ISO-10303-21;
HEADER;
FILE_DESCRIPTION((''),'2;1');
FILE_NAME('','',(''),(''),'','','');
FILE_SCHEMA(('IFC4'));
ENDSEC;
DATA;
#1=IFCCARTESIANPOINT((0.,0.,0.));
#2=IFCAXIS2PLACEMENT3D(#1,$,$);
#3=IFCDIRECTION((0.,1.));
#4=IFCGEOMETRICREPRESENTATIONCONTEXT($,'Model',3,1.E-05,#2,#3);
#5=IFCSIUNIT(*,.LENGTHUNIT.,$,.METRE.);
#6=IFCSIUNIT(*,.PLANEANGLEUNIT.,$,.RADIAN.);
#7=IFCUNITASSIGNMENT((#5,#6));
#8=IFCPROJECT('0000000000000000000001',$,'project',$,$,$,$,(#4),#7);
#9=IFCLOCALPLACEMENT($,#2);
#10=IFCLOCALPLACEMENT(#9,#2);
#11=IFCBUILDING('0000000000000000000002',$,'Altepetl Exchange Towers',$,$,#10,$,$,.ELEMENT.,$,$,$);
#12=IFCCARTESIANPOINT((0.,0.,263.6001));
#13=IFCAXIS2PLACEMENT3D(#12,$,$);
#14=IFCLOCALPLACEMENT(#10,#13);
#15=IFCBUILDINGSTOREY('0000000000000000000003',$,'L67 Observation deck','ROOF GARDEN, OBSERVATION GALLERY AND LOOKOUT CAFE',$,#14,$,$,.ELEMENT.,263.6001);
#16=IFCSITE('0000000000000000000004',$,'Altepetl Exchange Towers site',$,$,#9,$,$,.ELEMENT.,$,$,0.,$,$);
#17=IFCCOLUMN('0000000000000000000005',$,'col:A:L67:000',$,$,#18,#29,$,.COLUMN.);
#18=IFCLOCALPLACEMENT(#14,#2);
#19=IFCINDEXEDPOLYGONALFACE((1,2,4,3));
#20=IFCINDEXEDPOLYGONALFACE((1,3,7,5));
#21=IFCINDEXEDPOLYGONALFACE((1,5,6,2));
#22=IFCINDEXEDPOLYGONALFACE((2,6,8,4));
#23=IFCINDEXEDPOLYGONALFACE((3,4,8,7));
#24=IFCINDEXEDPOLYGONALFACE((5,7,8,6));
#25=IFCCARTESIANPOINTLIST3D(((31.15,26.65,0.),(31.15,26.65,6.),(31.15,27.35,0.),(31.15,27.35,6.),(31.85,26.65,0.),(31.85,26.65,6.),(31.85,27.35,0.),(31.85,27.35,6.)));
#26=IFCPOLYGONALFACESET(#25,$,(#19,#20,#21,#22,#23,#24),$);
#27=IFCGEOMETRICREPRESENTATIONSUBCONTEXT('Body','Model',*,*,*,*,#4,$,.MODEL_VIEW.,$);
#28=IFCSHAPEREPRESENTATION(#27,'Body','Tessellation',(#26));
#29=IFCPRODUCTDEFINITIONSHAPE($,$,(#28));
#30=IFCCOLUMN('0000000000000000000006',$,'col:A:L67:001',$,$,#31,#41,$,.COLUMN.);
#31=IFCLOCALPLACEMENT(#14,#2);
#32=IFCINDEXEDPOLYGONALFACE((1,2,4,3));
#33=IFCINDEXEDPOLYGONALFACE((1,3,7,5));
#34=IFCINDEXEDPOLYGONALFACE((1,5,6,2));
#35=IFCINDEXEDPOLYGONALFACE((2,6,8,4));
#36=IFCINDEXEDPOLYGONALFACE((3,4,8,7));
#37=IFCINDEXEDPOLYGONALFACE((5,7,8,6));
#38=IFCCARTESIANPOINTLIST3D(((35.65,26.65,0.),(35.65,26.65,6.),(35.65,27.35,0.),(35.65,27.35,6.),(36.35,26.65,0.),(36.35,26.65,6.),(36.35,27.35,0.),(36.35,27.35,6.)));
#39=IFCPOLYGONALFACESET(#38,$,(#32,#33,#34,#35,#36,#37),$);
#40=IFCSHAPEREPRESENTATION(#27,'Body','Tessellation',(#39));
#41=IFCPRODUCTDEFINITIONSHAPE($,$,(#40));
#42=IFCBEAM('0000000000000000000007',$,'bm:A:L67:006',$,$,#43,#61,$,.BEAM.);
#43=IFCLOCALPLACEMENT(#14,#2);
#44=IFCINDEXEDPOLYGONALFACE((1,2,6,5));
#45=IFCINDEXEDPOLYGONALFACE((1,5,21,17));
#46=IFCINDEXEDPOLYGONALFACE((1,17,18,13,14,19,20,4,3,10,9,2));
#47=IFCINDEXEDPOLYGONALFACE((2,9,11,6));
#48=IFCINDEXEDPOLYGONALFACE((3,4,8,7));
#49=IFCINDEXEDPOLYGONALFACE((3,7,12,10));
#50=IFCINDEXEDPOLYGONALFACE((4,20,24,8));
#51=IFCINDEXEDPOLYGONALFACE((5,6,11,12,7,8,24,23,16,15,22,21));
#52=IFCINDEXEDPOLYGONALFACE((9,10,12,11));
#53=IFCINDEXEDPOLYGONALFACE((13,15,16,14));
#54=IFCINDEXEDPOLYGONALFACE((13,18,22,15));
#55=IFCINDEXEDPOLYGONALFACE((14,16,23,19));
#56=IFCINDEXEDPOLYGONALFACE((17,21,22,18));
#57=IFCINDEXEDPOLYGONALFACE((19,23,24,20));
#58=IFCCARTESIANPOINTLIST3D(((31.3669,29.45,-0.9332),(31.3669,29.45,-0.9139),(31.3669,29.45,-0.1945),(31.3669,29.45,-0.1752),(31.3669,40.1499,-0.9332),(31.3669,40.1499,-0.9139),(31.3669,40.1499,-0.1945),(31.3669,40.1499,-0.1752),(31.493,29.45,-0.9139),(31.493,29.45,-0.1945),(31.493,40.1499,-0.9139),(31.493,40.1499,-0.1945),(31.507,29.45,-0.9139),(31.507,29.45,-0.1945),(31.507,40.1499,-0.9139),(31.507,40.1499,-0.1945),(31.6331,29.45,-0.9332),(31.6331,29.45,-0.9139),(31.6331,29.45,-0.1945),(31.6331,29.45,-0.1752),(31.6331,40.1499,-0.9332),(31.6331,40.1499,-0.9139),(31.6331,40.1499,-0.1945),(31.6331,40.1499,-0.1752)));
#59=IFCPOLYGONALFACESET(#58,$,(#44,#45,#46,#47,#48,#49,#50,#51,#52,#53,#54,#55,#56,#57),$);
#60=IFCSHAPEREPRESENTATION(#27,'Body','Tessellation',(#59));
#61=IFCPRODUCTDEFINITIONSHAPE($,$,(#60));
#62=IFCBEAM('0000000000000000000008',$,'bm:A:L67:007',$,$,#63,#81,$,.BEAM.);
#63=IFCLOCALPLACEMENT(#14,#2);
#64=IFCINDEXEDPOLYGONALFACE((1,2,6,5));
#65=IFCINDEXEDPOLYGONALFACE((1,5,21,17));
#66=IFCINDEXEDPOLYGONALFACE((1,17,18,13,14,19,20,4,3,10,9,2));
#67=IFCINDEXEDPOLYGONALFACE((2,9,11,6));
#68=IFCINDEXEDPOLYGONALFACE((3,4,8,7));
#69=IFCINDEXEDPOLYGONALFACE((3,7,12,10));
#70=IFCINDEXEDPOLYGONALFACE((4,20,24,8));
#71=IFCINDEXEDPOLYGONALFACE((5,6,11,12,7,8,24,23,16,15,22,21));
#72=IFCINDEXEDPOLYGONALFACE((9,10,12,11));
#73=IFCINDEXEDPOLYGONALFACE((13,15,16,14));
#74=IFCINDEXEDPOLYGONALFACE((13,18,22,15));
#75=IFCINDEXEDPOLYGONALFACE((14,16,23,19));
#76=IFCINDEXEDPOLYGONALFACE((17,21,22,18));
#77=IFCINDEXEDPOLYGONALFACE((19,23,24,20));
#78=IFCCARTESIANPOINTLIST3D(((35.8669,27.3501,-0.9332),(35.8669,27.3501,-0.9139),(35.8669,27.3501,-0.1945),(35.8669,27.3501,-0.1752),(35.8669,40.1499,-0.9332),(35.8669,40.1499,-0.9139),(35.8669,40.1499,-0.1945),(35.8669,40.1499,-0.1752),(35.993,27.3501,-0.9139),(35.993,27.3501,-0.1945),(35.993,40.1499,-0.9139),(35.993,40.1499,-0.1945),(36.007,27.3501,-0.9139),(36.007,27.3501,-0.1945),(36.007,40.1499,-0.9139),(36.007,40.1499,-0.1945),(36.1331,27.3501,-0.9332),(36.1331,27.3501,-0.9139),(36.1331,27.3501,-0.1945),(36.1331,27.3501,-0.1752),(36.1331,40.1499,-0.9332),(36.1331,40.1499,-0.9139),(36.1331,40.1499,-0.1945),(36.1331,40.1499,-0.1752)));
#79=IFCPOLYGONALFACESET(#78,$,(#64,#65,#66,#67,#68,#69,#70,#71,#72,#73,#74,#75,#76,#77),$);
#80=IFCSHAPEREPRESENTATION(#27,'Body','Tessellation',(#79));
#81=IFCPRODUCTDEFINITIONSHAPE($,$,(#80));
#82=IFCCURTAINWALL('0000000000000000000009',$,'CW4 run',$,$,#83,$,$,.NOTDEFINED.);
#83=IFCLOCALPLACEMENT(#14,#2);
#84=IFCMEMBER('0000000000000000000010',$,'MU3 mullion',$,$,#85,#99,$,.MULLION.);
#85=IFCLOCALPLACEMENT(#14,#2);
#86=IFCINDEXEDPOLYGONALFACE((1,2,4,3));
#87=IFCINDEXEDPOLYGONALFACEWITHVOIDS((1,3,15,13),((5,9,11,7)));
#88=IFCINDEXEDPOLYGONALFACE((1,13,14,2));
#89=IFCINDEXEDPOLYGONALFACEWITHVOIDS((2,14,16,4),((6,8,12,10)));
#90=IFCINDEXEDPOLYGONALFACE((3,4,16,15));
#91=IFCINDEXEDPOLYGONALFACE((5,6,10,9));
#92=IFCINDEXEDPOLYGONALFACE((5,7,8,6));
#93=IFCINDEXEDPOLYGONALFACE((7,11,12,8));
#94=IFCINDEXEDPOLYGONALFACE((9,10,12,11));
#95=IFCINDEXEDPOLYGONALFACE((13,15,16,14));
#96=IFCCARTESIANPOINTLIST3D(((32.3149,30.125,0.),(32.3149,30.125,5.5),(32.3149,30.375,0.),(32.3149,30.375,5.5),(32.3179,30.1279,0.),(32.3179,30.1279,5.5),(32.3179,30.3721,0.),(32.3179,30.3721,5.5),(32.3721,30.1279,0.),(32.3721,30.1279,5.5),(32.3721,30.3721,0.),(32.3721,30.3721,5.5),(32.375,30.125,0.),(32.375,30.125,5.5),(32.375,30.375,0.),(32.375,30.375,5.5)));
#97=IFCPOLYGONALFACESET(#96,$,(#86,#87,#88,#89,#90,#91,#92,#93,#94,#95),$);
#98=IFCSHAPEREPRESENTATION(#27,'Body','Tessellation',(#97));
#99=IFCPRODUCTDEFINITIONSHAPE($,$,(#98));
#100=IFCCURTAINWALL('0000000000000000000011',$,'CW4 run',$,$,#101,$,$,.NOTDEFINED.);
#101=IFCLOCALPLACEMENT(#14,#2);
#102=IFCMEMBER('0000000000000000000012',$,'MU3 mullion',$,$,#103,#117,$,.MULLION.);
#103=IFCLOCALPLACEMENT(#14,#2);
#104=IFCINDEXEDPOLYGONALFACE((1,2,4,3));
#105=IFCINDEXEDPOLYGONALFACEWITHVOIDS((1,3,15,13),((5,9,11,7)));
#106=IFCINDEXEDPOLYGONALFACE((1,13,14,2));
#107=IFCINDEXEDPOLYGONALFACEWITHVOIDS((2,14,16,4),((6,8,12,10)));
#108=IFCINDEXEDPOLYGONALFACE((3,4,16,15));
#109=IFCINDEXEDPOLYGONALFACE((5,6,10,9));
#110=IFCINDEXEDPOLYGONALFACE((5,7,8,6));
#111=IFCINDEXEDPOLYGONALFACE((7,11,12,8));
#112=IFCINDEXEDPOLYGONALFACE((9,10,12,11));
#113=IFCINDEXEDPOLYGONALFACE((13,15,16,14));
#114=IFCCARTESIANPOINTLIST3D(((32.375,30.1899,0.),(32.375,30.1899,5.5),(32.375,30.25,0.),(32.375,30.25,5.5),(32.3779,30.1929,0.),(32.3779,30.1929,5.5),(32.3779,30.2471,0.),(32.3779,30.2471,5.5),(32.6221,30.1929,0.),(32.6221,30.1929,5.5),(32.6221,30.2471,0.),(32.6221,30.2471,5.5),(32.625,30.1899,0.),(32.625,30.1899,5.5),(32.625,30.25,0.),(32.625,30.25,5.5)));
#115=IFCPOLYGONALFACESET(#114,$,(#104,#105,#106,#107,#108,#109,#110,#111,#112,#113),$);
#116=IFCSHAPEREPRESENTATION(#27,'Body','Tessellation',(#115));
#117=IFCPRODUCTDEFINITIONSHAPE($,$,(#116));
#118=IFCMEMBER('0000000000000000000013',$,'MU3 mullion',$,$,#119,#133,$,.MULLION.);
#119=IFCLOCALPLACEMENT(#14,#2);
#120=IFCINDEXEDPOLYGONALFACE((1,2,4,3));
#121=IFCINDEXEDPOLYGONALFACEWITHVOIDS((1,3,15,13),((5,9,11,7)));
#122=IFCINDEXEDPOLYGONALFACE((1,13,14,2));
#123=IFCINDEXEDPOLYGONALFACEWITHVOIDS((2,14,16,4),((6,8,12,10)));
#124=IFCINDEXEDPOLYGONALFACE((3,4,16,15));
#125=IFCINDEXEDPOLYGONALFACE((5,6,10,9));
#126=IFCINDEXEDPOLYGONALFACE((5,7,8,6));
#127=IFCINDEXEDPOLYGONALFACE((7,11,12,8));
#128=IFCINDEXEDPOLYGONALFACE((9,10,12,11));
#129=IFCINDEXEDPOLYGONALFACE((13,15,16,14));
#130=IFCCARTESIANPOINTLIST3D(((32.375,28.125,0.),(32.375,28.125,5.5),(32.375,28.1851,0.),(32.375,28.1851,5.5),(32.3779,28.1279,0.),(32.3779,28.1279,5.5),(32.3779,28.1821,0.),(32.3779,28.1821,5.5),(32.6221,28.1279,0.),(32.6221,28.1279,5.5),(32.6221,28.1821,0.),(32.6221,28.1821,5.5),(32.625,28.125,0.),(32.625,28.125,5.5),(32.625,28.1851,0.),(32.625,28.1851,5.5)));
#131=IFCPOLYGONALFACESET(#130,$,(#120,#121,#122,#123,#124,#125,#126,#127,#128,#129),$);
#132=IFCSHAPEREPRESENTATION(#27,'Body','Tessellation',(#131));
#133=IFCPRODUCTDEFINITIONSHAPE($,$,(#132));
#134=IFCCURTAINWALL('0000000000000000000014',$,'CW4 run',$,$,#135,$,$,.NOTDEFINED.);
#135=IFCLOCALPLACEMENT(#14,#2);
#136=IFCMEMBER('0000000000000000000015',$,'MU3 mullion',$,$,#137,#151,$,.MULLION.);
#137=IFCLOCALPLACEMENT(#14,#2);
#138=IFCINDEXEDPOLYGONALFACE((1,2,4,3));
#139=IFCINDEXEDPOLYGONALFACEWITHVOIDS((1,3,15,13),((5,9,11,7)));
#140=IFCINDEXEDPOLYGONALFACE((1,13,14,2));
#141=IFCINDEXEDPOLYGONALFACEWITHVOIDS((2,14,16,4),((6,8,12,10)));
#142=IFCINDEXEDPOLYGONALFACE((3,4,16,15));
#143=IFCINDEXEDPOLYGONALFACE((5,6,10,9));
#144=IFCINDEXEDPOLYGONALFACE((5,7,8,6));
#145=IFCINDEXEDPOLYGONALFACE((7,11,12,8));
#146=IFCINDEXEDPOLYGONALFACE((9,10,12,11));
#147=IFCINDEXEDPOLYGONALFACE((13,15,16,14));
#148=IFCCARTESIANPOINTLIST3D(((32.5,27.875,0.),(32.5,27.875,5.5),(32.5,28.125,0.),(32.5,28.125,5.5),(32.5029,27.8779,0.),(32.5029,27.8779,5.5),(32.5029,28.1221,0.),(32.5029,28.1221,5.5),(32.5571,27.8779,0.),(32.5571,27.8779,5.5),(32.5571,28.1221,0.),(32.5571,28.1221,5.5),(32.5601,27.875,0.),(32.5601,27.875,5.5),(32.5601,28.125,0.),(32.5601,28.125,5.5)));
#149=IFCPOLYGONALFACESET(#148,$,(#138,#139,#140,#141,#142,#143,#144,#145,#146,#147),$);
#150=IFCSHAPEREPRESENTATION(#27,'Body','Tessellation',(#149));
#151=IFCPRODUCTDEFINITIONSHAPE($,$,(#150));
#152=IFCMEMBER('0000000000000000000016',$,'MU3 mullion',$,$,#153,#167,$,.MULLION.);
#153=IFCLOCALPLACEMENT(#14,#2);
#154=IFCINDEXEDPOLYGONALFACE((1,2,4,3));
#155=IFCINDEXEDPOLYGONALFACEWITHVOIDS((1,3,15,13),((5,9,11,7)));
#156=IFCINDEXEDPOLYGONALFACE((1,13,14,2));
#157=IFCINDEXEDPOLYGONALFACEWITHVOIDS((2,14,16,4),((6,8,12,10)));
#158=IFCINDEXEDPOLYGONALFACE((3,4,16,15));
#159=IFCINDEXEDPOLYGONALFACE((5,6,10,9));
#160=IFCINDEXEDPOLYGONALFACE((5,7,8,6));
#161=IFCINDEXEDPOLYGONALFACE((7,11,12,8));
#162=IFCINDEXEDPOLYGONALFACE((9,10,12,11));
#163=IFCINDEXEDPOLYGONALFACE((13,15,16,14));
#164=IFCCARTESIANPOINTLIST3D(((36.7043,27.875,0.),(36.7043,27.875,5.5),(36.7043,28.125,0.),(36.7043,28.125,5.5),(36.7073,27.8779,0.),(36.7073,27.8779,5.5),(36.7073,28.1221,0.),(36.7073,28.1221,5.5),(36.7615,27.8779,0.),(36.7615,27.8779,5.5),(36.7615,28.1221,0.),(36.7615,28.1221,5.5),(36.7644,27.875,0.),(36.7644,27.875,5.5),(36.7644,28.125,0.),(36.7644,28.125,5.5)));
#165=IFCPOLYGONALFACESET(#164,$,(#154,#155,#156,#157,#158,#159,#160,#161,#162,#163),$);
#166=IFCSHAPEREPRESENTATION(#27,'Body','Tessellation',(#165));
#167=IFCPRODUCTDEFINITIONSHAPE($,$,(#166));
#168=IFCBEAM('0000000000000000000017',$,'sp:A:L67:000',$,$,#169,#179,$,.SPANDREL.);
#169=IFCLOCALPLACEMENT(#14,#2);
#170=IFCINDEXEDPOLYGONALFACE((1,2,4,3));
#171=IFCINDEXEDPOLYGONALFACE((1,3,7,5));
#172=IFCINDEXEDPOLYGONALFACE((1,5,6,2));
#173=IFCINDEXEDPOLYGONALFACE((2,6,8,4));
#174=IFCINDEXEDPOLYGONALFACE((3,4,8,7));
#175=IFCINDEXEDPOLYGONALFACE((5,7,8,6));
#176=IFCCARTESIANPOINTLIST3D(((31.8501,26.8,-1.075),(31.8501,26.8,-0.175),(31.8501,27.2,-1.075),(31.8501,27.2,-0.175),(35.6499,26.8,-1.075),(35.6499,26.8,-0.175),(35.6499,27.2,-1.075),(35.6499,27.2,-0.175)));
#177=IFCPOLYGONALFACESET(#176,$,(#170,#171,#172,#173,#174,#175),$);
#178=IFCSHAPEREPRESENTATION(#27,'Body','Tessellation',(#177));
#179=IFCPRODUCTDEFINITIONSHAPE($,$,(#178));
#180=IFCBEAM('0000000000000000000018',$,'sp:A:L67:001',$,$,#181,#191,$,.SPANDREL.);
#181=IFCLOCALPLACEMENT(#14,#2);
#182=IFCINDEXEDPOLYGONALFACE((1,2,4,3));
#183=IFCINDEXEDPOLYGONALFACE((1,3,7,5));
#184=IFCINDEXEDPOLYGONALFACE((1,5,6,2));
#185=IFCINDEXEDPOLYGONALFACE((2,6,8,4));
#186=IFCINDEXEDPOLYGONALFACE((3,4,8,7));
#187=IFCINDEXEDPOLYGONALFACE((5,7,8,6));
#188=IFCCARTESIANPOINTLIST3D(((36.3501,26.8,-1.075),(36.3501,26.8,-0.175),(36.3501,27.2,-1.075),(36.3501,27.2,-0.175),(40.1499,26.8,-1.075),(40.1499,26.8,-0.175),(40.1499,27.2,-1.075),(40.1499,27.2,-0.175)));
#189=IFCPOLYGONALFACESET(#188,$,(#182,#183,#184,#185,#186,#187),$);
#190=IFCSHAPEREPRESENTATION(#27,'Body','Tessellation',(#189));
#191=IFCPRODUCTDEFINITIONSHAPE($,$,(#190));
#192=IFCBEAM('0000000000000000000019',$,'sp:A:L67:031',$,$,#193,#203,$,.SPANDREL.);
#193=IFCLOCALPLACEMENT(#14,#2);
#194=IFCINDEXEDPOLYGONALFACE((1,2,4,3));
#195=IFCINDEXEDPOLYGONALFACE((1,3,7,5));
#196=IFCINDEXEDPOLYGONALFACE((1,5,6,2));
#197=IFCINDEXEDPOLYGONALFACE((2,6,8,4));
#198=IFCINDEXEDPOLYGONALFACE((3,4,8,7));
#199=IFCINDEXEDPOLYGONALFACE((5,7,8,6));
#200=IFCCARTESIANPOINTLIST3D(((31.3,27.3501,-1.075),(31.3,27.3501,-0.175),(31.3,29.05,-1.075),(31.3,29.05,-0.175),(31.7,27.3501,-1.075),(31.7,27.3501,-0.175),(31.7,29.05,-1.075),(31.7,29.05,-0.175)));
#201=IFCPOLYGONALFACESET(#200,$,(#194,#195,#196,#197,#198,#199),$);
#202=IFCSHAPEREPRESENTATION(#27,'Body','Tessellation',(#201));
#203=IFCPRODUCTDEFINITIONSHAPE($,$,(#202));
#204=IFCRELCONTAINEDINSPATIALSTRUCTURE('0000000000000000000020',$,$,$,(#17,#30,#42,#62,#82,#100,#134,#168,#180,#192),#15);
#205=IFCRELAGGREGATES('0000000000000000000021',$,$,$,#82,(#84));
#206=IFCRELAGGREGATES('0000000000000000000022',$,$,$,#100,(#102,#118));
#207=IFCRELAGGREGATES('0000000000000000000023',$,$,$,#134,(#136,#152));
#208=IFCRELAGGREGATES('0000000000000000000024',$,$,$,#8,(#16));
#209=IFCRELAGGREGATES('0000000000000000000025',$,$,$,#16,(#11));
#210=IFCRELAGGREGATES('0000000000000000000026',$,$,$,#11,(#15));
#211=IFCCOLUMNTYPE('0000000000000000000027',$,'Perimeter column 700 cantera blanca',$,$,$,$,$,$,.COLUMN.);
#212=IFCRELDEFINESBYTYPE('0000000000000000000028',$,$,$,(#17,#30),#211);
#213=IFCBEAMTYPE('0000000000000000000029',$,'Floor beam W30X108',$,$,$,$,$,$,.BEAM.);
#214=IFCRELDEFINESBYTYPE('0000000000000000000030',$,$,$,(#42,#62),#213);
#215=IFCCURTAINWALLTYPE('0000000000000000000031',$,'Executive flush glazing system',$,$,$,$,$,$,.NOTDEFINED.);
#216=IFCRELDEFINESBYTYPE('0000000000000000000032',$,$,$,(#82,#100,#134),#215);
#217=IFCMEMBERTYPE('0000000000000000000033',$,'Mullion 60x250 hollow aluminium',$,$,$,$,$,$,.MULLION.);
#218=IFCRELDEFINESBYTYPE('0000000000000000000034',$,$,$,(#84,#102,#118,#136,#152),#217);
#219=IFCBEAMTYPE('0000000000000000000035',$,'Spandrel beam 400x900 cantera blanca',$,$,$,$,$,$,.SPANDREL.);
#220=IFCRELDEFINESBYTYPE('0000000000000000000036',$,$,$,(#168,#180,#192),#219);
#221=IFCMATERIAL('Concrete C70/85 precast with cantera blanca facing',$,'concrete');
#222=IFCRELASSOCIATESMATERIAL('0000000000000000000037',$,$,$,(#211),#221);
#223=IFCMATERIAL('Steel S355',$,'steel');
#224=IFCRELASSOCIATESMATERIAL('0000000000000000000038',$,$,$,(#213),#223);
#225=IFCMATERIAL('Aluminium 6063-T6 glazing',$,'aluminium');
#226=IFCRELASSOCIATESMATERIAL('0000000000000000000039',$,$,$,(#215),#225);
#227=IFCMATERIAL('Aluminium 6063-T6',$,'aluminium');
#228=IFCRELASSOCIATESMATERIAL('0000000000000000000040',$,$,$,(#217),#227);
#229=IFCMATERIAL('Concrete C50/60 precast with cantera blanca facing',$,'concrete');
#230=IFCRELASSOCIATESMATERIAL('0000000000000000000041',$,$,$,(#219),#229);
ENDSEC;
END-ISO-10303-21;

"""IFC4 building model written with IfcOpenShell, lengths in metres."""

from ifc_helpers import new_model, si_unit, direction, frame, origin, origin_2d, place, context, subcontext, project, spatial, rectangle, hollow_rectangle, i_section, extrude, material, material_profile, profile_set, type_object, element, aggregate, save


model = new_model("IFC4")

# Units and contexts
model_context = context("Model", 3, precision=1e-05, world=origin(), true_north=direction((0.0, 1.0)))
body_context = subcontext(model_context, "Body", "Model", "MODEL_VIEW")
ifc_project = project(units=[si_unit("LENGTHUNIT", "METRE"), si_unit("PLANEANGLEUNIT", "RADIAN")], contexts=[model_context])

# Site, building, storey
site_placement = place(None, origin())
site = spatial("IfcSite", under=ifc_project, at=site_placement, Name="Altepetl Exchange Towers site", CompositionType="ELEMENT", RefElevation=0.0)
building_placement = place(site_placement, origin())
building = spatial("IfcBuilding", under=site, at=building_placement, Name="Altepetl Exchange Towers", CompositionType="ELEMENT")
storey_placement = place(building_placement, frame((0.0, 0.0, 263.6001)))
storey = spatial("IfcBuildingStorey", under=building, at=storey_placement, Name="L67 Observation deck", Description="ROOF GARDEN, OBSERVATION GALLERY AND LOOKOUT CAFE", CompositionType="ELEMENT", Elevation=263.6001)

# Columns
ifc_material_1 = material(Name="Concrete C70/85 precast with cantera blanca facing", Category="concrete")
ifc_material_profile_1 = material_profile(ifc_material_1, rectangle(XDim=0.7, YDim=0.7, at=origin_2d()), Name="700 x 700")
ifc_profile_set_1 = profile_set([ifc_material_profile_1], Name="Concrete C70/85 precast with cantera blanca facing")
column_type = type_object("IfcColumnType", Name="Perimeter column 700 cantera blanca", PredefinedType="COLUMN", material=ifc_profile_set_1)
for number, where, name in (
    (1, (31.5, 27.0, 0.0), "col:A:L67:000"),
    (2, (36.0, 27.0, 0.0), "col:A:L67:001"),
):
    element("IfcColumn", number, at=place(storey_placement, frame(where)), inside=storey, type_object=column_type, Name=name, PredefinedType="COLUMN", context=body_context, shape_type="SweptSolid", body=[
        extrude(rectangle(XDim=0.7, YDim=0.7, at=origin_2d()), origin(), (0.0, 0.0, 1.0), 6.0),
    ])

# Beams
ifc_material_2 = material(Name="Steel S355", Category="steel")
ifc_material_profile_2 = material_profile(ifc_material_2, i_section(OverallWidth=0.2661, OverallDepth=0.7581, WebThickness=0.0139, FlangeThickness=0.0193, at=origin_2d()), Name="W30X108")
ifc_profile_set_2 = profile_set([ifc_material_profile_2], Name="Steel S355")
beam_type_1 = type_object("IfcBeamType", Name="Floor beam W30X108", PredefinedType="BEAM", material=ifc_profile_set_2)
beam_1_placement = place(storey_placement, frame((31.5, 29.45, -0.5542), z_axis=(0.0, 1.0, 0.0), x_axis=(-1.0, 0.0, 0.0)))
element("IfcBeam", 3, at=beam_1_placement, inside=storey, type_object=beam_type_1, Name="bm:A:L67:006", PredefinedType="BEAM", context=body_context, shape_type="SweptSolid", body=[
    extrude(i_section(OverallWidth=0.2661, OverallDepth=0.7581, WebThickness=0.0139, FlangeThickness=0.0193, at=origin_2d()), origin(), (0.0, 0.0, 1.0), 10.7),
])
beam_2_placement = place(storey_placement, frame((36.0, 27.3501, -0.5542), z_axis=(0.0, 1.0, 0.0), x_axis=(-1.0, 0.0, 0.0)))
element("IfcBeam", 4, at=beam_2_placement, inside=storey, type_object=beam_type_1, Name="bm:A:L67:007", PredefinedType="BEAM", context=body_context, shape_type="SweptSolid", body=[
    extrude(i_section(OverallWidth=0.2661, OverallDepth=0.7581, WebThickness=0.0139, FlangeThickness=0.0193, at=origin_2d()), origin(), (0.0, 0.0, 1.0), 12.7998),
])

# Curtain wall, member
ifc_material_3 = material(Name="Aluminium 6063-T6 glazing", Category="aluminium")
curtain_wall_type = type_object("IfcCurtainWallType", Name="Executive flush glazing system", PredefinedType="NOTDEFINED", material=ifc_material_3)
curtain_wall_1_placement = place(storey_placement, origin())
curtain_wall_1 = element("IfcCurtainWall", 5, at=curtain_wall_1_placement, inside=storey, type_object=curtain_wall_type, Name="CW4 run", PredefinedType="NOTDEFINED")
ifc_material_4 = material(Name="Aluminium 6063-T6", Category="aluminium")
ifc_material_profile_3 = material_profile(ifc_material_4, hollow_rectangle(XDim=0.0601, YDim=0.25, WallThickness=0.0029, at=origin_2d()), Name="Mullion 60x250 hollow aluminium")
ifc_profile_set_3 = profile_set([ifc_material_profile_3], Name="Aluminium 6063-T6")
member_type_1 = type_object("IfcMemberType", Name="Mullion 60x250 hollow aluminium", PredefinedType="MULLION", material=ifc_profile_set_3)
member_1_placement = place(storey_placement, frame((32.345, 30.25, 0.0)))
member_1 = element("IfcMember", 6, at=member_1_placement, type_object=member_type_1, Name="MU3 mullion", PredefinedType="MULLION", context=body_context, shape_type="SweptSolid", body=[
    extrude(hollow_rectangle(XDim=0.0601, YDim=0.25, WallThickness=0.0029, at=origin_2d()), origin(), (0.0, 0.0, 1.0), 5.5),
])

# Curtain walls, members
curtain_wall_2_placement = place(storey_placement, origin())
curtain_wall_2 = element("IfcCurtainWall", 7, at=curtain_wall_2_placement, inside=storey, type_object=curtain_wall_type, Name="CW4 run", PredefinedType="NOTDEFINED")
member_2_placement = place(storey_placement, frame((32.5, 30.22, 0.0), z_axis=(0.0, 0.0, 1.0), x_axis=(0.0, -1.0, 0.0)))
member_2 = element("IfcMember", 8, at=member_2_placement, type_object=member_type_1, Name="MU3 mullion", PredefinedType="MULLION", context=body_context, shape_type="SweptSolid", body=[
    extrude(hollow_rectangle(XDim=0.0601, YDim=0.25, WallThickness=0.0029, at=origin_2d()), origin(), (0.0, 0.0, 1.0), 5.5),
])
member_3_placement = place(storey_placement, frame((32.5, 28.155, 0.0), z_axis=(0.0, 0.0, 1.0), x_axis=(0.0, -1.0, 0.0)))
member_3 = element("IfcMember", 9, at=member_3_placement, type_object=member_type_1, Name="MU3 mullion", PredefinedType="MULLION", context=body_context, shape_type="SweptSolid", body=[
    extrude(hollow_rectangle(XDim=0.0601, YDim=0.25, WallThickness=0.0029, at=origin_2d()), origin(), (0.0, 0.0, 1.0), 5.5),
])
curtain_wall_3_placement = place(storey_placement, origin())
curtain_wall_3 = element("IfcCurtainWall", 10, at=curtain_wall_3_placement, inside=storey, type_object=curtain_wall_type, Name="CW4 run", PredefinedType="NOTDEFINED")
member_4_placement = place(storey_placement, frame((32.53, 28.0, 0.0)))
member_4 = element("IfcMember", 11, at=member_4_placement, type_object=member_type_1, Name="MU3 mullion", PredefinedType="MULLION", context=body_context, shape_type="SweptSolid", body=[
    extrude(hollow_rectangle(XDim=0.0601, YDim=0.25, WallThickness=0.0029, at=origin_2d()), origin(), (0.0, 0.0, 1.0), 5.5),
])
member_5_placement = place(storey_placement, frame((36.7344, 28.0, 0.0)))
member_5 = element("IfcMember", 12, at=member_5_placement, type_object=member_type_1, Name="MU3 mullion", PredefinedType="MULLION", context=body_context, shape_type="SweptSolid", body=[
    extrude(hollow_rectangle(XDim=0.0601, YDim=0.25, WallThickness=0.0029, at=origin_2d()), origin(), (0.0, 0.0, 1.0), 5.5),
])

# Beams
ifc_material_5 = material(Name="Concrete C50/60 precast with cantera blanca facing", Category="concrete")
ifc_material_profile_4 = material_profile(ifc_material_5, rectangle(XDim=0.3999, YDim=0.8999, at=origin_2d()), Name="400 x 900")
ifc_profile_set_4 = profile_set([ifc_material_profile_4], Name="Concrete C50/60 precast with cantera blanca facing")
beam_type_2 = type_object("IfcBeamType", Name="Spandrel beam 400x900 cantera blanca", PredefinedType="SPANDREL", material=ifc_profile_set_4)
for number, where, z_axis, x_axis, name in (
    (13, (31.8501, 27.0, -0.625), (1.0, 0.0, 0.0), (0.0, 1.0, 0.0), "sp:A:L67:000"),
    (14, (36.3501, 27.0, -0.625), (1.0, 0.0, 0.0), (0.0, 1.0, 0.0), "sp:A:L67:001"),
):
    element("IfcBeam", number, at=place(storey_placement, frame(where, z_axis=z_axis, x_axis=x_axis)), inside=storey, type_object=beam_type_2, Name=name, PredefinedType="SPANDREL", context=body_context, shape_type="SweptSolid", body=[
        extrude(rectangle(XDim=0.3999, YDim=0.8999, at=origin_2d()), origin(), (0.0, 0.0, 1.0), 3.7998),
    ])
beam_3_placement = place(storey_placement, frame((31.5, 29.05, -0.625), z_axis=(0.0, -1.0, 0.0), x_axis=(1.0, 0.0, 0.0)))
element("IfcBeam", 15, at=beam_3_placement, inside=storey, type_object=beam_type_2, Name="sp:A:L67:031", PredefinedType="SPANDREL", context=body_context, shape_type="SweptSolid", body=[
    extrude(rectangle(XDim=0.3999, YDim=0.8999, at=origin_2d()), origin(), (0.0, 0.0, 1.0), 1.7),
])

aggregate(curtain_wall_1, [member_1])
aggregate(curtain_wall_2, [member_2, member_3])
aggregate(curtain_wall_3, [member_4, member_5])

save(model, "model.ifc")
